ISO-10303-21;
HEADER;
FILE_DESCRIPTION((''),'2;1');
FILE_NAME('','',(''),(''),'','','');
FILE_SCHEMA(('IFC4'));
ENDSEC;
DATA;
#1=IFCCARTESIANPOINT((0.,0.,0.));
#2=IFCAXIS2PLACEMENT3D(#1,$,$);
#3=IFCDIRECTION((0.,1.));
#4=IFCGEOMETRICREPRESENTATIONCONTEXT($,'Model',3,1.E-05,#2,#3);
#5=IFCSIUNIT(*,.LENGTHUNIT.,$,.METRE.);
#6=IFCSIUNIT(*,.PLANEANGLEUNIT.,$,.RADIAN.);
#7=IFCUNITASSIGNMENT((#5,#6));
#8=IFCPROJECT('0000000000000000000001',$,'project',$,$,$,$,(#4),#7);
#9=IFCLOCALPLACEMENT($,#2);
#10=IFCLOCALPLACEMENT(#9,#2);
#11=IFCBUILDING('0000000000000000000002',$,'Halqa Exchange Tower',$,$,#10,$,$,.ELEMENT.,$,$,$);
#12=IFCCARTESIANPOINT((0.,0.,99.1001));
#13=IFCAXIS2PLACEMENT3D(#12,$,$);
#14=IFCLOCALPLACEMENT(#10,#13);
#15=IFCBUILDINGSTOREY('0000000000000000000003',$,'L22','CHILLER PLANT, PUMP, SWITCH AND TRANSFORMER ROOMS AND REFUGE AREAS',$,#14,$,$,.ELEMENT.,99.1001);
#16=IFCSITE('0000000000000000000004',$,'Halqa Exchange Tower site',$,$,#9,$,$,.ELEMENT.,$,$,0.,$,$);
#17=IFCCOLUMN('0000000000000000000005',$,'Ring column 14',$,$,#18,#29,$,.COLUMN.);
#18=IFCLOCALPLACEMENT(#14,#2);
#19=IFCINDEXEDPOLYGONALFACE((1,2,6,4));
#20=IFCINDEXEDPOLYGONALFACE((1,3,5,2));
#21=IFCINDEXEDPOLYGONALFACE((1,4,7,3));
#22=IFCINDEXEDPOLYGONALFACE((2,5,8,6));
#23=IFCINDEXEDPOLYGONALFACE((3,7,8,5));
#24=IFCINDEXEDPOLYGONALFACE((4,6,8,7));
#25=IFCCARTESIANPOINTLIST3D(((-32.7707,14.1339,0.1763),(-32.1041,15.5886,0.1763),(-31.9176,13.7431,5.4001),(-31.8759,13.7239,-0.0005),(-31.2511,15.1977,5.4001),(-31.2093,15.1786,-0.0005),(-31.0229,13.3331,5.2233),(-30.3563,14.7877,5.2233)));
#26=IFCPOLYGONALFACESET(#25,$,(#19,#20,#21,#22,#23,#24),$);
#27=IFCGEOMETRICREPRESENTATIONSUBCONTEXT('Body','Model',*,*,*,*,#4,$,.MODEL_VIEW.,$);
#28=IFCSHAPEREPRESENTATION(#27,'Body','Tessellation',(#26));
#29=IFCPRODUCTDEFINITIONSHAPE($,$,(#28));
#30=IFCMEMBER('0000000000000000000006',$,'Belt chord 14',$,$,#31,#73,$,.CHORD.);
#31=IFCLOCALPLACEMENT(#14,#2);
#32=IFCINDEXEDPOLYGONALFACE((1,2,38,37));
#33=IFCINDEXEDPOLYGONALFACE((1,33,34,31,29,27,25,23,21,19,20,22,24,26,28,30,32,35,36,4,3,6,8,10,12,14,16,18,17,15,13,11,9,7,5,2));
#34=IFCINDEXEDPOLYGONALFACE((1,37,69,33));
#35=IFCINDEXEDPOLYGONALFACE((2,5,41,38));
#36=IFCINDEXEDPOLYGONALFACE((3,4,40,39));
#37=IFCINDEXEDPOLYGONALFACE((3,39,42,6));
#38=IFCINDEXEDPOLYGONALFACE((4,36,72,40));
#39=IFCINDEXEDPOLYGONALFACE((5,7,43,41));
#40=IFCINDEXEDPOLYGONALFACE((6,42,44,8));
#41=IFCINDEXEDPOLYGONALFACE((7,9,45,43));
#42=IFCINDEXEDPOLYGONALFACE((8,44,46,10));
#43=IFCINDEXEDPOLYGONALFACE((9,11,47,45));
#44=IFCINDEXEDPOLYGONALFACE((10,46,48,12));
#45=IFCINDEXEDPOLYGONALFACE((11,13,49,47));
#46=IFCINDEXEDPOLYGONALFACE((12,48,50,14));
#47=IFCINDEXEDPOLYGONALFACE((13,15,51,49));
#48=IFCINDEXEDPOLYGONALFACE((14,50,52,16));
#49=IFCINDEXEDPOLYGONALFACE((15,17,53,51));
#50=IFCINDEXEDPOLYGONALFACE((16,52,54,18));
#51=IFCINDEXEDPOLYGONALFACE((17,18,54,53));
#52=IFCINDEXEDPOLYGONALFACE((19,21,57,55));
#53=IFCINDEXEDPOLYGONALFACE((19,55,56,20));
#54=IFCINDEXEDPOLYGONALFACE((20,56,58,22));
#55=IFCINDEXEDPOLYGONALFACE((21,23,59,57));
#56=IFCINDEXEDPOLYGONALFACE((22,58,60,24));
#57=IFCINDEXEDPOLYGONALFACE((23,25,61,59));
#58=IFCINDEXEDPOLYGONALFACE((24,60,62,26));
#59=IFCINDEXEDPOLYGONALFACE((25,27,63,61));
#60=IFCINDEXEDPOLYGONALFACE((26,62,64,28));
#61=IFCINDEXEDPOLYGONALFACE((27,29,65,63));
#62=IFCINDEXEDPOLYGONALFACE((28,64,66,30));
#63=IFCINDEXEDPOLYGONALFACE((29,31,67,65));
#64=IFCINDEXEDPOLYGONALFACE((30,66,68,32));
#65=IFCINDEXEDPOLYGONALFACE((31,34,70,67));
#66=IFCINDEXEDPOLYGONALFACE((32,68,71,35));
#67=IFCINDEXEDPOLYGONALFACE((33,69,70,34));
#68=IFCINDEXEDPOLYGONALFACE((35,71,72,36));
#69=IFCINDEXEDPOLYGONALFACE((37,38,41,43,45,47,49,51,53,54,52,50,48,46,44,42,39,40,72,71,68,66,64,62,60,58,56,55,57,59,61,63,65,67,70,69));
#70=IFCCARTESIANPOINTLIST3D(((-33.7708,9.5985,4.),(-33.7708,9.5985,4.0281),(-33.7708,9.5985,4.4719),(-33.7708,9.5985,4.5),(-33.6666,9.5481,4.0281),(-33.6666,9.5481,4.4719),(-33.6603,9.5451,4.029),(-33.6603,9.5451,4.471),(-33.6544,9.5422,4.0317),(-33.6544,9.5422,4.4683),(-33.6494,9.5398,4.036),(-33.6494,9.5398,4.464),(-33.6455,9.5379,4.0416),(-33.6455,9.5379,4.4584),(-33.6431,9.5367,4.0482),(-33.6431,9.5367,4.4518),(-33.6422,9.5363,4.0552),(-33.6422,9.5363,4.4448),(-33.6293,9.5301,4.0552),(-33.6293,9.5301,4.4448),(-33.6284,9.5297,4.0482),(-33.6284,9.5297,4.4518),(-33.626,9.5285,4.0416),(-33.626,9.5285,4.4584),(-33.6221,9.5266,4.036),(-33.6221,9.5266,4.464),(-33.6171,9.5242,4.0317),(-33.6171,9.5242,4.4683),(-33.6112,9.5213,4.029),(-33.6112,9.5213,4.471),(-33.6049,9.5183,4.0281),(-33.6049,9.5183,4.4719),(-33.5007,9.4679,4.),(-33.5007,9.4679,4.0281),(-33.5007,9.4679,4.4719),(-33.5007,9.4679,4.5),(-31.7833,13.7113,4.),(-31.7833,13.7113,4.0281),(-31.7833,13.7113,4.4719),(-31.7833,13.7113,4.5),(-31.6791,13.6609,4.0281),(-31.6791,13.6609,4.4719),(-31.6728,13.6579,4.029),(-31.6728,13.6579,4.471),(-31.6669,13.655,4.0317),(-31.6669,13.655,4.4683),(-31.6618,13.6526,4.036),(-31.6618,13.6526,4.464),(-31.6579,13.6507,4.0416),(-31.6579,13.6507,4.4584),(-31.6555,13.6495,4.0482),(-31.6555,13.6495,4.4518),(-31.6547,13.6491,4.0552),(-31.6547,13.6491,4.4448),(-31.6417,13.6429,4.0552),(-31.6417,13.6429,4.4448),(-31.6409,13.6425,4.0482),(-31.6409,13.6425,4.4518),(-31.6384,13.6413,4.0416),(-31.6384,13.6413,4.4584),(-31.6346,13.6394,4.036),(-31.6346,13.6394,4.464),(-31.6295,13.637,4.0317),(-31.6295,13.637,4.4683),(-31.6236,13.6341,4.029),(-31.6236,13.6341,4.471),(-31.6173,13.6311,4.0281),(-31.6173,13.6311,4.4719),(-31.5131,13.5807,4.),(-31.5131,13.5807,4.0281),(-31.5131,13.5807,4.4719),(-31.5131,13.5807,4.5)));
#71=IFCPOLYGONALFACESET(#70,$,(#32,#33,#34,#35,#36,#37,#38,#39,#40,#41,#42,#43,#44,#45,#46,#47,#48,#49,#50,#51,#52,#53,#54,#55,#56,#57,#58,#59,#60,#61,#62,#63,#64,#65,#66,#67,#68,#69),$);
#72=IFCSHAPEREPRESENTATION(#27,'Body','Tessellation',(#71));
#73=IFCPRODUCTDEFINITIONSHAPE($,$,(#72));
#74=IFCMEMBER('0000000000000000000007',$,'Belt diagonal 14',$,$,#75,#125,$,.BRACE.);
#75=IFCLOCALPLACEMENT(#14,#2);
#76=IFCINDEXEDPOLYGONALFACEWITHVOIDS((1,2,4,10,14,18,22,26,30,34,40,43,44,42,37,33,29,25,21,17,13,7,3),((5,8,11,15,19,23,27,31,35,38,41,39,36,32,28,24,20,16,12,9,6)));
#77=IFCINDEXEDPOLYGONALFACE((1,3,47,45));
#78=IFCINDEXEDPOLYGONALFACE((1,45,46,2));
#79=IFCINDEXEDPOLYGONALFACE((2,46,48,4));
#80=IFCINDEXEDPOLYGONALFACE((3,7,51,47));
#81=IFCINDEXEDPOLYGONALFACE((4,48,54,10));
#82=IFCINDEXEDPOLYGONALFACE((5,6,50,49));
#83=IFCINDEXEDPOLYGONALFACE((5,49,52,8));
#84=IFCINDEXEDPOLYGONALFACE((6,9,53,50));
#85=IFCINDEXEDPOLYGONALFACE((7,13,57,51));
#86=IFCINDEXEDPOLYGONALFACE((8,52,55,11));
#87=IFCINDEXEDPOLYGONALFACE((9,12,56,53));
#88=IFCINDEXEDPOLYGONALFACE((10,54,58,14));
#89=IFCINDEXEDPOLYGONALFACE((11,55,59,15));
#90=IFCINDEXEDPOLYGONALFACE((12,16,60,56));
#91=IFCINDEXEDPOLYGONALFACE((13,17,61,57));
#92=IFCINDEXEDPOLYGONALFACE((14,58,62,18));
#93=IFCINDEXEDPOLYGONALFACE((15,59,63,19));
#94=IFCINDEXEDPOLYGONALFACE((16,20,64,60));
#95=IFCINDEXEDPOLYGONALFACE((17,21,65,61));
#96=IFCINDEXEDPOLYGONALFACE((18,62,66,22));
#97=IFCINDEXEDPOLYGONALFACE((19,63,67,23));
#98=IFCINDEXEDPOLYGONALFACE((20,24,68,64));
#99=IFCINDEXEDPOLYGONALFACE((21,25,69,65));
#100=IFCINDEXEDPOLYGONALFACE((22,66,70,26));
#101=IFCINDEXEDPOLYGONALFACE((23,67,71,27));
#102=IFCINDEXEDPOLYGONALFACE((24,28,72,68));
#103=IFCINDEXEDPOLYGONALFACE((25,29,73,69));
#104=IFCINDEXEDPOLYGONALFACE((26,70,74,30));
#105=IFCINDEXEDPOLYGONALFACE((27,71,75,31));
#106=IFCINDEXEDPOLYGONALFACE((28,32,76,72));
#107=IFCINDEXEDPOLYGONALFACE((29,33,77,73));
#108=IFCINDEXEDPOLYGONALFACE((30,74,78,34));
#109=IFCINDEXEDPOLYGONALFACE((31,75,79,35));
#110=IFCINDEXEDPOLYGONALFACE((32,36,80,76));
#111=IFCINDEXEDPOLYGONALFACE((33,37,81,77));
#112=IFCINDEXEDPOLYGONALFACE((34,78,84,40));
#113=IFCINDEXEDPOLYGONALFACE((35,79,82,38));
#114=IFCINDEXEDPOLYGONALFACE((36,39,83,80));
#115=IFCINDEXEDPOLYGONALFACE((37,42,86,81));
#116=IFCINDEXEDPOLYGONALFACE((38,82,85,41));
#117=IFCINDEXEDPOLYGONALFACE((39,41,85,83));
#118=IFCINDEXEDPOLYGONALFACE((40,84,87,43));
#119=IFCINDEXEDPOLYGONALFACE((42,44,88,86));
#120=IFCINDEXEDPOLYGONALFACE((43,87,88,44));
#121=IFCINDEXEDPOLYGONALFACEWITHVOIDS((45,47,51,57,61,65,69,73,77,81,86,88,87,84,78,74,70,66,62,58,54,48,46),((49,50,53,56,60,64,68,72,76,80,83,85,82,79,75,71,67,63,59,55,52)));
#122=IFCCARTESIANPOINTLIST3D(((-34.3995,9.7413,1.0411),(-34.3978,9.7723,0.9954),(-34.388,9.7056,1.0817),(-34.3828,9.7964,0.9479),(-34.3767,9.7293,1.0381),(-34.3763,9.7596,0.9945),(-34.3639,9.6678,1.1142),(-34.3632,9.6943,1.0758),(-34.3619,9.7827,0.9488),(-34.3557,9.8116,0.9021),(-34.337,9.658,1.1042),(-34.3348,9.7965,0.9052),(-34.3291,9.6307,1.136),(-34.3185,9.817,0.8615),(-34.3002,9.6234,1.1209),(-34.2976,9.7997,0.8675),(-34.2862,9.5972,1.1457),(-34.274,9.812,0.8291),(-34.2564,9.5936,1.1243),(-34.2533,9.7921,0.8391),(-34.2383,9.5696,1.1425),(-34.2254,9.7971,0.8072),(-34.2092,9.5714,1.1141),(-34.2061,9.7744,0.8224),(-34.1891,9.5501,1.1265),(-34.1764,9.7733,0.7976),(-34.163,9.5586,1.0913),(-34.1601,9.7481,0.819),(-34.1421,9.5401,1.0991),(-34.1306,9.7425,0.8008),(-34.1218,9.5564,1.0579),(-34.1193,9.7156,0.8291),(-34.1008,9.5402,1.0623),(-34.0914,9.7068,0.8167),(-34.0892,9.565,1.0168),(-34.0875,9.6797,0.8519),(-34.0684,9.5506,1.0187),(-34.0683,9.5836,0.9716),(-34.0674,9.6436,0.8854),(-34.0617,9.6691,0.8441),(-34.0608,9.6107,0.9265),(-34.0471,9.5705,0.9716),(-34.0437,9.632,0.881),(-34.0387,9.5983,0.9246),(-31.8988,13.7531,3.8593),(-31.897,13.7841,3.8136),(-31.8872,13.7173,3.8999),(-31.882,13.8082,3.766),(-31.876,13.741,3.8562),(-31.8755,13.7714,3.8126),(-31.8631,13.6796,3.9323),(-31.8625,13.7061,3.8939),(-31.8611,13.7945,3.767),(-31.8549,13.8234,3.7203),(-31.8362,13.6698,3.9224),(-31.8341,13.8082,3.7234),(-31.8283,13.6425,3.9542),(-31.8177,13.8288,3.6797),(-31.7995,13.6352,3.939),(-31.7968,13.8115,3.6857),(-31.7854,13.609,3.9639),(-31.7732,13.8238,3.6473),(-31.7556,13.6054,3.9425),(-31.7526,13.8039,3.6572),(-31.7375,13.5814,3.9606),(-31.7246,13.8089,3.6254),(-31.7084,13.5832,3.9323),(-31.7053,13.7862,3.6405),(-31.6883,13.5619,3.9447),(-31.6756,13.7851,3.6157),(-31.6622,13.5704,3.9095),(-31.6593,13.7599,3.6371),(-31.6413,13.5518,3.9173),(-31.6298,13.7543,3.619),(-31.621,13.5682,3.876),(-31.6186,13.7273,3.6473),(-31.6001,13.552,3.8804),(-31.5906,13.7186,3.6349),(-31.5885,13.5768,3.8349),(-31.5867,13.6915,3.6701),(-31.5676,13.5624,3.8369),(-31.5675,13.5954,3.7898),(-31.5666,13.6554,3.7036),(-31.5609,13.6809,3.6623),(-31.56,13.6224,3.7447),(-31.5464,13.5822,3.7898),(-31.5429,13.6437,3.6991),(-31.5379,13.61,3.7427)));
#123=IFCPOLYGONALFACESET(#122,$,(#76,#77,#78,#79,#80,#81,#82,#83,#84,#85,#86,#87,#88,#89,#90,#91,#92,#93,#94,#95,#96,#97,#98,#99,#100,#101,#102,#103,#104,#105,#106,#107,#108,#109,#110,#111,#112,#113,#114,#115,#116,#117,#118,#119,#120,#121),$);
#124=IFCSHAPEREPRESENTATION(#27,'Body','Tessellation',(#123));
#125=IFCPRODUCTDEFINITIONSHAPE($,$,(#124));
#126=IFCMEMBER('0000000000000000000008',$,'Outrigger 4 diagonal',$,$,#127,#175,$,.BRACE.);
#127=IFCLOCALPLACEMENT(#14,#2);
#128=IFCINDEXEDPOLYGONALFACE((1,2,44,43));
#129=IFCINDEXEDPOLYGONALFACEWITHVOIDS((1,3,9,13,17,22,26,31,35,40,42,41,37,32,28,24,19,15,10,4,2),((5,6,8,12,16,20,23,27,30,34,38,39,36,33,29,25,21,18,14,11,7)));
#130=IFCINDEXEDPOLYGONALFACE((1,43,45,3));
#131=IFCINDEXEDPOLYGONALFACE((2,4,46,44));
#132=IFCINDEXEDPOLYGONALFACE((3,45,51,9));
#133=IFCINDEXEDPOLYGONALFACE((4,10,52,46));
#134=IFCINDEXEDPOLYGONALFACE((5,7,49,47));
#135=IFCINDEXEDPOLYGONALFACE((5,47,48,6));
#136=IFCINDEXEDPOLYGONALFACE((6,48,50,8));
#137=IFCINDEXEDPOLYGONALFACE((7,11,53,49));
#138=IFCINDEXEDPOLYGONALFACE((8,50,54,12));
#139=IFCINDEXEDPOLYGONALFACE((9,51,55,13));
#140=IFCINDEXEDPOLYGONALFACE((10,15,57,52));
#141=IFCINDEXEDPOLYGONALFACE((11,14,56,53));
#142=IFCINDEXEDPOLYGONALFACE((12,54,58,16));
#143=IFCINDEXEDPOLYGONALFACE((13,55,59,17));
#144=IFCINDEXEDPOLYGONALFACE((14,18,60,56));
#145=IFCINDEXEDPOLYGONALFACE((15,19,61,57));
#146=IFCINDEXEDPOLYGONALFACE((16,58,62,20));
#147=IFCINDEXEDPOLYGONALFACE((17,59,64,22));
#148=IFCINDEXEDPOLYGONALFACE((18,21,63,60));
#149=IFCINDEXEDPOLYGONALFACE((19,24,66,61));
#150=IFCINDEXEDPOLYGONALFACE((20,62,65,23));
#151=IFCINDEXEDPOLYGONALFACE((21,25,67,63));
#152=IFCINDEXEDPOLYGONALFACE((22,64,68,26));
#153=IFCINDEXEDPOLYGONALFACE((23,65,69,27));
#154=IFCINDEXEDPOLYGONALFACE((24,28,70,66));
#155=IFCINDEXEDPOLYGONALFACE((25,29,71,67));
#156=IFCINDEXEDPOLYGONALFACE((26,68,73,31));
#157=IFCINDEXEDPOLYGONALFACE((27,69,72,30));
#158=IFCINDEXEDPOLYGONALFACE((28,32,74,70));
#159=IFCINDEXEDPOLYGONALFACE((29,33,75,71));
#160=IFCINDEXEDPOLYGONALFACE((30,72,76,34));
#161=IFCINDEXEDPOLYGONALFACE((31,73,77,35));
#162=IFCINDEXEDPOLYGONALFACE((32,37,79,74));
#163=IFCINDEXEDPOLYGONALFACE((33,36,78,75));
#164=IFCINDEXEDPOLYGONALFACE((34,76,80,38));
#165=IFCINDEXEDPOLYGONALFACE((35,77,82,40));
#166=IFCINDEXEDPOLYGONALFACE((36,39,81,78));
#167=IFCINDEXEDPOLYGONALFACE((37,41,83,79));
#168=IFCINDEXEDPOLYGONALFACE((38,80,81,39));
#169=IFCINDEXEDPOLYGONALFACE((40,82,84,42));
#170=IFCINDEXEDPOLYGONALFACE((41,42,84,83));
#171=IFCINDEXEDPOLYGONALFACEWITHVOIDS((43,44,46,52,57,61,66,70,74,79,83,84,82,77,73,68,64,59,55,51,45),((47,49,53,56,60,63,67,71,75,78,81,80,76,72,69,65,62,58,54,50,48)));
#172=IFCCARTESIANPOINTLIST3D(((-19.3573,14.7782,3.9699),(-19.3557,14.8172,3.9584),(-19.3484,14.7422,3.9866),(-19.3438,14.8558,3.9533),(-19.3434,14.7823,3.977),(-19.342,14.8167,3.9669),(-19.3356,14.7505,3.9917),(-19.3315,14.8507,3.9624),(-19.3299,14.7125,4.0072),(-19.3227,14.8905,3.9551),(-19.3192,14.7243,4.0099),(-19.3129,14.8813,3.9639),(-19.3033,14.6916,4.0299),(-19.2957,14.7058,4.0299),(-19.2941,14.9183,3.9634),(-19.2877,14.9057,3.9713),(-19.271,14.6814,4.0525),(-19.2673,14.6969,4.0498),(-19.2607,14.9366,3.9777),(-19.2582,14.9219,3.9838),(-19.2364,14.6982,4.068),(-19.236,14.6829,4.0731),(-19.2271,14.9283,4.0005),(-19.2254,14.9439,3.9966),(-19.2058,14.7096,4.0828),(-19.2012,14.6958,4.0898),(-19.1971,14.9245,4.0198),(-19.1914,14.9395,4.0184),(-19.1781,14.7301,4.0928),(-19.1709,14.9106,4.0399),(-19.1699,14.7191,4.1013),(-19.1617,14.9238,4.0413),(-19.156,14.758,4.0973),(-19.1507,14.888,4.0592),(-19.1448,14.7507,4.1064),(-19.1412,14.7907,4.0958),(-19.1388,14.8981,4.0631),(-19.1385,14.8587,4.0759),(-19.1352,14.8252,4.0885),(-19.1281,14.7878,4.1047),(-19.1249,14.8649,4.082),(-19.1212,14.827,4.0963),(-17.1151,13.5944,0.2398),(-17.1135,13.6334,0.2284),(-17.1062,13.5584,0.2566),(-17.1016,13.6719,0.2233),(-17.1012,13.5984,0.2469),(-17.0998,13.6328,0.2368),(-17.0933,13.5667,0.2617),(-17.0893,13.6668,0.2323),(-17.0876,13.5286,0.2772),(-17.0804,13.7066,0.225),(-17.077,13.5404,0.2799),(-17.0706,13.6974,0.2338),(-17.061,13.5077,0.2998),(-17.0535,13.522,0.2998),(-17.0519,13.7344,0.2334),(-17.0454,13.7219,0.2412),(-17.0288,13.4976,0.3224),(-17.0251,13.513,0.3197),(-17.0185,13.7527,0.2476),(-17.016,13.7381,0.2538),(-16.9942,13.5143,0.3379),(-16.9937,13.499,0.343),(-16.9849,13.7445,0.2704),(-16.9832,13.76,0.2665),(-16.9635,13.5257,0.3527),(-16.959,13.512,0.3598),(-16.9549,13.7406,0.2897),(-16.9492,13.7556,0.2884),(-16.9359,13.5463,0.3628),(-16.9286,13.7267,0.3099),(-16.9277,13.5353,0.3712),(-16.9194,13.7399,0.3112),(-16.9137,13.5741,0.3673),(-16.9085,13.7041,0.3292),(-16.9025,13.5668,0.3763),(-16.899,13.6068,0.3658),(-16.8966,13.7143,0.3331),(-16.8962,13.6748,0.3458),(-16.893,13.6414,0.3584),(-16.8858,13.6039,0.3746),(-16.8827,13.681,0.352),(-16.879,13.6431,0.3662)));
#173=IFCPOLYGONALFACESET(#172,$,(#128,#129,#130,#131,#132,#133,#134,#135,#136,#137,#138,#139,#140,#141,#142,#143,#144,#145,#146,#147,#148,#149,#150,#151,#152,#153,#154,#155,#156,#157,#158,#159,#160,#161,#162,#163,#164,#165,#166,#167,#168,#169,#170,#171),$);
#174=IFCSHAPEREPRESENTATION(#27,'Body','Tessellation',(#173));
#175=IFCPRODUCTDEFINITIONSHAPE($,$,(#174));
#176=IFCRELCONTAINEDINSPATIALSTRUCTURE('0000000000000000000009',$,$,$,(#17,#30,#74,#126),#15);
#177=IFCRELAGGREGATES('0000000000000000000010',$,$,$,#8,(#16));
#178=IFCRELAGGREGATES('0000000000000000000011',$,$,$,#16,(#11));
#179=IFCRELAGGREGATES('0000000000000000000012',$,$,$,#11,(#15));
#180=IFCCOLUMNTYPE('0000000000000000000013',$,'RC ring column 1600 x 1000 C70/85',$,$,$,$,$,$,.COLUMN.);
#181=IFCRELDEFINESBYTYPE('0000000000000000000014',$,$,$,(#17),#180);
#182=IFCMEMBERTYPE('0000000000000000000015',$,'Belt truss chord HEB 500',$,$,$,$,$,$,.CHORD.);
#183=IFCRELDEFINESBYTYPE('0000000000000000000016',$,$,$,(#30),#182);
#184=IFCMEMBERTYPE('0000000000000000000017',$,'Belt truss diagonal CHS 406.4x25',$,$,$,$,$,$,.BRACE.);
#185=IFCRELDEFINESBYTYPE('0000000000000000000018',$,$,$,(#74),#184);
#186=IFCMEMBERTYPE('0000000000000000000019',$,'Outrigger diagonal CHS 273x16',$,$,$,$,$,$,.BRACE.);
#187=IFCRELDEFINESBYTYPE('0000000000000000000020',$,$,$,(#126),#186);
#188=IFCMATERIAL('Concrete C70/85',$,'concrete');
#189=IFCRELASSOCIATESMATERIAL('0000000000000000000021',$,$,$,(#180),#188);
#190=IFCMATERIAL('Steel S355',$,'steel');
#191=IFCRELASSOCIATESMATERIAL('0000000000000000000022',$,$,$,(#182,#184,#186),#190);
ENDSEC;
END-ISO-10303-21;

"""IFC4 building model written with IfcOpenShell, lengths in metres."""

from ifc_helpers import new_model, si_unit, direction, frame, origin, origin_2d, place, context, subcontext, project, spatial, rectangle, hollow_circle, i_section, extrude, material, material_profile, profile_set, type_object, element, save


model = new_model("IFC4")

# Units and contexts
model_context = context("Model", 3, precision=1e-05, world=origin(), true_north=direction((0.0, 1.0)))
body_context = subcontext(model_context, "Body", "Model", "MODEL_VIEW")
ifc_project = project(units=[si_unit("LENGTHUNIT", "METRE"), si_unit("PLANEANGLEUNIT", "RADIAN")], contexts=[model_context])

# Site, building, storey
site_placement = place(None, origin())
site = spatial("IfcSite", under=ifc_project, at=site_placement, Name="Halqa Exchange Tower site", CompositionType="ELEMENT", RefElevation=0.0)
building_placement = place(site_placement, origin())
building = spatial("IfcBuilding", under=site, at=building_placement, Name="Halqa Exchange Tower", CompositionType="ELEMENT")
storey_placement = place(building_placement, frame((0.0, 0.0, 99.1001)))
storey = spatial("IfcBuildingStorey", under=building, at=storey_placement, Name="L22", Description="CHILLER PLANT, PUMP, SWITCH AND TRANSFORMER ROOMS AND REFUGE AREAS", CompositionType="ELEMENT", Elevation=99.1001)

# Column
ifc_material_1 = material(Name="Concrete C70/85", Category="concrete")
ifc_material_profile_1 = material_profile(ifc_material_1, rectangle(XDim=1.6001, YDim=1.0, at=origin_2d()), Name="1600 x 1000")
ifc_profile_set_1 = profile_set([ifc_material_profile_1], Name="Concrete C70/85")
column_type = type_object("IfcColumnType", Name="RC ring column 1600 x 1000 C70/85", PredefinedType="COLUMN", material=ifc_profile_set_1)
column_placement = place(storey_placement, frame((-31.99, 14.6562, 0.0879), z_axis=(0.160722, -0.073645, 0.984248), x_axis=(0.416565, 0.909106, 0.0)))
element("IfcColumn", 1, at=column_placement, inside=storey, type_object=column_type, Name="Ring column 14", PredefinedType="COLUMN", context=body_context, shape_type="SweptSolid", body=[
    extrude(rectangle(XDim=1.6001, YDim=1.0, at=origin_2d()), origin(), (0.0, 0.0, 1.0), 5.3074),
])

# Members
ifc_material_2 = material(Name="Steel S355", Category="steel")
ifc_material_profile_2 = material_profile(ifc_material_2, i_section(OverallWidth=0.3, OverallDepth=0.5, WebThickness=0.0144, FlangeThickness=0.0281, FilletRadius=0.0271, at=origin_2d()), Name="HEB 500")
ifc_profile_set_2 = profile_set([ifc_material_profile_2], Name="Steel S355")
member_type_1 = type_object("IfcMemberType", Name="Belt truss chord HEB 500", PredefinedType="CHORD", material=ifc_profile_set_2)
member_1_placement = place(storey_placement, frame((-31.6482, 13.646, 4.25), z_axis=(-0.435115, -0.900375, 0.0), x_axis=(0.900375, -0.435115, 0.0)))
element("IfcMember", 2, at=member_1_placement, inside=storey, type_object=member_type_1, Name="Belt chord 14", PredefinedType="CHORD", context=body_context, shape_type="SweptSolid", body=[
    extrude(i_section(OverallWidth=0.3, OverallDepth=0.5, WebThickness=0.0144, FlangeThickness=0.0281, FilletRadius=0.0271, at=origin_2d()), origin(), (0.0, 0.0, 1.0), 4.5679),
])
ifc_material_profile_3 = material_profile(ifc_material_2, hollow_circle(Radius=0.2031, WallThickness=0.0249, at=origin_2d()), Name="CHS 406.4x25")
ifc_profile_set_3 = profile_set([ifc_material_profile_3], Name="Steel S355")
member_type_2 = type_object("IfcMemberType", Name="Belt truss diagonal CHS 406.4x25", PredefinedType="BRACE", material=ifc_profile_set_3)
member_2_placement = place(storey_placement, frame((-31.7188, 13.6897, 3.7898), z_axis=(-0.454383, -0.72893, -0.512052), x_axis=(0.848624, -0.528996, 0.0)))
element("IfcMember", 3, at=member_2_placement, inside=storey, type_object=member_type_2, Name="Belt diagonal 14", PredefinedType="BRACE", context=body_context, shape_type="SweptSolid", body=[
    extrude(hollow_circle(Radius=0.2031, WallThickness=0.0249, at=origin_2d()), origin(), (0.0, 0.0, 1.0), 5.5037),
])
ifc_material_profile_4 = material_profile(ifc_material_2, hollow_circle(Radius=0.1365, WallThickness=0.0161, at=origin_2d()), Name="CHS 273x16")
ifc_profile_set_4 = profile_set([ifc_material_profile_4], Name="Steel S355")
member_type_3 = type_object("IfcMemberType", Name="Outrigger diagonal CHS 273x16", PredefinedType="BRACE", material=ifc_profile_set_4)
member_3_placement = place(storey_placement, frame((-16.9973, 13.6284, 0.2998), z_axis=(-0.49714, 0.262482, 0.827016), x_axis=(-0.466901, -0.88431, 0.0)))
element("IfcMember", 4, at=member_3_placement, inside=storey, type_object=member_type_3, Name="Outrigger 4 diagonal", PredefinedType="BRACE", context=body_context, shape_type="SweptSolid", body=[
    extrude(hollow_circle(Radius=0.1365, WallThickness=0.0161, at=origin_2d()), origin(), (0.0, 0.0, 1.0), 4.5103),
])

save(model, "model.ifc")
